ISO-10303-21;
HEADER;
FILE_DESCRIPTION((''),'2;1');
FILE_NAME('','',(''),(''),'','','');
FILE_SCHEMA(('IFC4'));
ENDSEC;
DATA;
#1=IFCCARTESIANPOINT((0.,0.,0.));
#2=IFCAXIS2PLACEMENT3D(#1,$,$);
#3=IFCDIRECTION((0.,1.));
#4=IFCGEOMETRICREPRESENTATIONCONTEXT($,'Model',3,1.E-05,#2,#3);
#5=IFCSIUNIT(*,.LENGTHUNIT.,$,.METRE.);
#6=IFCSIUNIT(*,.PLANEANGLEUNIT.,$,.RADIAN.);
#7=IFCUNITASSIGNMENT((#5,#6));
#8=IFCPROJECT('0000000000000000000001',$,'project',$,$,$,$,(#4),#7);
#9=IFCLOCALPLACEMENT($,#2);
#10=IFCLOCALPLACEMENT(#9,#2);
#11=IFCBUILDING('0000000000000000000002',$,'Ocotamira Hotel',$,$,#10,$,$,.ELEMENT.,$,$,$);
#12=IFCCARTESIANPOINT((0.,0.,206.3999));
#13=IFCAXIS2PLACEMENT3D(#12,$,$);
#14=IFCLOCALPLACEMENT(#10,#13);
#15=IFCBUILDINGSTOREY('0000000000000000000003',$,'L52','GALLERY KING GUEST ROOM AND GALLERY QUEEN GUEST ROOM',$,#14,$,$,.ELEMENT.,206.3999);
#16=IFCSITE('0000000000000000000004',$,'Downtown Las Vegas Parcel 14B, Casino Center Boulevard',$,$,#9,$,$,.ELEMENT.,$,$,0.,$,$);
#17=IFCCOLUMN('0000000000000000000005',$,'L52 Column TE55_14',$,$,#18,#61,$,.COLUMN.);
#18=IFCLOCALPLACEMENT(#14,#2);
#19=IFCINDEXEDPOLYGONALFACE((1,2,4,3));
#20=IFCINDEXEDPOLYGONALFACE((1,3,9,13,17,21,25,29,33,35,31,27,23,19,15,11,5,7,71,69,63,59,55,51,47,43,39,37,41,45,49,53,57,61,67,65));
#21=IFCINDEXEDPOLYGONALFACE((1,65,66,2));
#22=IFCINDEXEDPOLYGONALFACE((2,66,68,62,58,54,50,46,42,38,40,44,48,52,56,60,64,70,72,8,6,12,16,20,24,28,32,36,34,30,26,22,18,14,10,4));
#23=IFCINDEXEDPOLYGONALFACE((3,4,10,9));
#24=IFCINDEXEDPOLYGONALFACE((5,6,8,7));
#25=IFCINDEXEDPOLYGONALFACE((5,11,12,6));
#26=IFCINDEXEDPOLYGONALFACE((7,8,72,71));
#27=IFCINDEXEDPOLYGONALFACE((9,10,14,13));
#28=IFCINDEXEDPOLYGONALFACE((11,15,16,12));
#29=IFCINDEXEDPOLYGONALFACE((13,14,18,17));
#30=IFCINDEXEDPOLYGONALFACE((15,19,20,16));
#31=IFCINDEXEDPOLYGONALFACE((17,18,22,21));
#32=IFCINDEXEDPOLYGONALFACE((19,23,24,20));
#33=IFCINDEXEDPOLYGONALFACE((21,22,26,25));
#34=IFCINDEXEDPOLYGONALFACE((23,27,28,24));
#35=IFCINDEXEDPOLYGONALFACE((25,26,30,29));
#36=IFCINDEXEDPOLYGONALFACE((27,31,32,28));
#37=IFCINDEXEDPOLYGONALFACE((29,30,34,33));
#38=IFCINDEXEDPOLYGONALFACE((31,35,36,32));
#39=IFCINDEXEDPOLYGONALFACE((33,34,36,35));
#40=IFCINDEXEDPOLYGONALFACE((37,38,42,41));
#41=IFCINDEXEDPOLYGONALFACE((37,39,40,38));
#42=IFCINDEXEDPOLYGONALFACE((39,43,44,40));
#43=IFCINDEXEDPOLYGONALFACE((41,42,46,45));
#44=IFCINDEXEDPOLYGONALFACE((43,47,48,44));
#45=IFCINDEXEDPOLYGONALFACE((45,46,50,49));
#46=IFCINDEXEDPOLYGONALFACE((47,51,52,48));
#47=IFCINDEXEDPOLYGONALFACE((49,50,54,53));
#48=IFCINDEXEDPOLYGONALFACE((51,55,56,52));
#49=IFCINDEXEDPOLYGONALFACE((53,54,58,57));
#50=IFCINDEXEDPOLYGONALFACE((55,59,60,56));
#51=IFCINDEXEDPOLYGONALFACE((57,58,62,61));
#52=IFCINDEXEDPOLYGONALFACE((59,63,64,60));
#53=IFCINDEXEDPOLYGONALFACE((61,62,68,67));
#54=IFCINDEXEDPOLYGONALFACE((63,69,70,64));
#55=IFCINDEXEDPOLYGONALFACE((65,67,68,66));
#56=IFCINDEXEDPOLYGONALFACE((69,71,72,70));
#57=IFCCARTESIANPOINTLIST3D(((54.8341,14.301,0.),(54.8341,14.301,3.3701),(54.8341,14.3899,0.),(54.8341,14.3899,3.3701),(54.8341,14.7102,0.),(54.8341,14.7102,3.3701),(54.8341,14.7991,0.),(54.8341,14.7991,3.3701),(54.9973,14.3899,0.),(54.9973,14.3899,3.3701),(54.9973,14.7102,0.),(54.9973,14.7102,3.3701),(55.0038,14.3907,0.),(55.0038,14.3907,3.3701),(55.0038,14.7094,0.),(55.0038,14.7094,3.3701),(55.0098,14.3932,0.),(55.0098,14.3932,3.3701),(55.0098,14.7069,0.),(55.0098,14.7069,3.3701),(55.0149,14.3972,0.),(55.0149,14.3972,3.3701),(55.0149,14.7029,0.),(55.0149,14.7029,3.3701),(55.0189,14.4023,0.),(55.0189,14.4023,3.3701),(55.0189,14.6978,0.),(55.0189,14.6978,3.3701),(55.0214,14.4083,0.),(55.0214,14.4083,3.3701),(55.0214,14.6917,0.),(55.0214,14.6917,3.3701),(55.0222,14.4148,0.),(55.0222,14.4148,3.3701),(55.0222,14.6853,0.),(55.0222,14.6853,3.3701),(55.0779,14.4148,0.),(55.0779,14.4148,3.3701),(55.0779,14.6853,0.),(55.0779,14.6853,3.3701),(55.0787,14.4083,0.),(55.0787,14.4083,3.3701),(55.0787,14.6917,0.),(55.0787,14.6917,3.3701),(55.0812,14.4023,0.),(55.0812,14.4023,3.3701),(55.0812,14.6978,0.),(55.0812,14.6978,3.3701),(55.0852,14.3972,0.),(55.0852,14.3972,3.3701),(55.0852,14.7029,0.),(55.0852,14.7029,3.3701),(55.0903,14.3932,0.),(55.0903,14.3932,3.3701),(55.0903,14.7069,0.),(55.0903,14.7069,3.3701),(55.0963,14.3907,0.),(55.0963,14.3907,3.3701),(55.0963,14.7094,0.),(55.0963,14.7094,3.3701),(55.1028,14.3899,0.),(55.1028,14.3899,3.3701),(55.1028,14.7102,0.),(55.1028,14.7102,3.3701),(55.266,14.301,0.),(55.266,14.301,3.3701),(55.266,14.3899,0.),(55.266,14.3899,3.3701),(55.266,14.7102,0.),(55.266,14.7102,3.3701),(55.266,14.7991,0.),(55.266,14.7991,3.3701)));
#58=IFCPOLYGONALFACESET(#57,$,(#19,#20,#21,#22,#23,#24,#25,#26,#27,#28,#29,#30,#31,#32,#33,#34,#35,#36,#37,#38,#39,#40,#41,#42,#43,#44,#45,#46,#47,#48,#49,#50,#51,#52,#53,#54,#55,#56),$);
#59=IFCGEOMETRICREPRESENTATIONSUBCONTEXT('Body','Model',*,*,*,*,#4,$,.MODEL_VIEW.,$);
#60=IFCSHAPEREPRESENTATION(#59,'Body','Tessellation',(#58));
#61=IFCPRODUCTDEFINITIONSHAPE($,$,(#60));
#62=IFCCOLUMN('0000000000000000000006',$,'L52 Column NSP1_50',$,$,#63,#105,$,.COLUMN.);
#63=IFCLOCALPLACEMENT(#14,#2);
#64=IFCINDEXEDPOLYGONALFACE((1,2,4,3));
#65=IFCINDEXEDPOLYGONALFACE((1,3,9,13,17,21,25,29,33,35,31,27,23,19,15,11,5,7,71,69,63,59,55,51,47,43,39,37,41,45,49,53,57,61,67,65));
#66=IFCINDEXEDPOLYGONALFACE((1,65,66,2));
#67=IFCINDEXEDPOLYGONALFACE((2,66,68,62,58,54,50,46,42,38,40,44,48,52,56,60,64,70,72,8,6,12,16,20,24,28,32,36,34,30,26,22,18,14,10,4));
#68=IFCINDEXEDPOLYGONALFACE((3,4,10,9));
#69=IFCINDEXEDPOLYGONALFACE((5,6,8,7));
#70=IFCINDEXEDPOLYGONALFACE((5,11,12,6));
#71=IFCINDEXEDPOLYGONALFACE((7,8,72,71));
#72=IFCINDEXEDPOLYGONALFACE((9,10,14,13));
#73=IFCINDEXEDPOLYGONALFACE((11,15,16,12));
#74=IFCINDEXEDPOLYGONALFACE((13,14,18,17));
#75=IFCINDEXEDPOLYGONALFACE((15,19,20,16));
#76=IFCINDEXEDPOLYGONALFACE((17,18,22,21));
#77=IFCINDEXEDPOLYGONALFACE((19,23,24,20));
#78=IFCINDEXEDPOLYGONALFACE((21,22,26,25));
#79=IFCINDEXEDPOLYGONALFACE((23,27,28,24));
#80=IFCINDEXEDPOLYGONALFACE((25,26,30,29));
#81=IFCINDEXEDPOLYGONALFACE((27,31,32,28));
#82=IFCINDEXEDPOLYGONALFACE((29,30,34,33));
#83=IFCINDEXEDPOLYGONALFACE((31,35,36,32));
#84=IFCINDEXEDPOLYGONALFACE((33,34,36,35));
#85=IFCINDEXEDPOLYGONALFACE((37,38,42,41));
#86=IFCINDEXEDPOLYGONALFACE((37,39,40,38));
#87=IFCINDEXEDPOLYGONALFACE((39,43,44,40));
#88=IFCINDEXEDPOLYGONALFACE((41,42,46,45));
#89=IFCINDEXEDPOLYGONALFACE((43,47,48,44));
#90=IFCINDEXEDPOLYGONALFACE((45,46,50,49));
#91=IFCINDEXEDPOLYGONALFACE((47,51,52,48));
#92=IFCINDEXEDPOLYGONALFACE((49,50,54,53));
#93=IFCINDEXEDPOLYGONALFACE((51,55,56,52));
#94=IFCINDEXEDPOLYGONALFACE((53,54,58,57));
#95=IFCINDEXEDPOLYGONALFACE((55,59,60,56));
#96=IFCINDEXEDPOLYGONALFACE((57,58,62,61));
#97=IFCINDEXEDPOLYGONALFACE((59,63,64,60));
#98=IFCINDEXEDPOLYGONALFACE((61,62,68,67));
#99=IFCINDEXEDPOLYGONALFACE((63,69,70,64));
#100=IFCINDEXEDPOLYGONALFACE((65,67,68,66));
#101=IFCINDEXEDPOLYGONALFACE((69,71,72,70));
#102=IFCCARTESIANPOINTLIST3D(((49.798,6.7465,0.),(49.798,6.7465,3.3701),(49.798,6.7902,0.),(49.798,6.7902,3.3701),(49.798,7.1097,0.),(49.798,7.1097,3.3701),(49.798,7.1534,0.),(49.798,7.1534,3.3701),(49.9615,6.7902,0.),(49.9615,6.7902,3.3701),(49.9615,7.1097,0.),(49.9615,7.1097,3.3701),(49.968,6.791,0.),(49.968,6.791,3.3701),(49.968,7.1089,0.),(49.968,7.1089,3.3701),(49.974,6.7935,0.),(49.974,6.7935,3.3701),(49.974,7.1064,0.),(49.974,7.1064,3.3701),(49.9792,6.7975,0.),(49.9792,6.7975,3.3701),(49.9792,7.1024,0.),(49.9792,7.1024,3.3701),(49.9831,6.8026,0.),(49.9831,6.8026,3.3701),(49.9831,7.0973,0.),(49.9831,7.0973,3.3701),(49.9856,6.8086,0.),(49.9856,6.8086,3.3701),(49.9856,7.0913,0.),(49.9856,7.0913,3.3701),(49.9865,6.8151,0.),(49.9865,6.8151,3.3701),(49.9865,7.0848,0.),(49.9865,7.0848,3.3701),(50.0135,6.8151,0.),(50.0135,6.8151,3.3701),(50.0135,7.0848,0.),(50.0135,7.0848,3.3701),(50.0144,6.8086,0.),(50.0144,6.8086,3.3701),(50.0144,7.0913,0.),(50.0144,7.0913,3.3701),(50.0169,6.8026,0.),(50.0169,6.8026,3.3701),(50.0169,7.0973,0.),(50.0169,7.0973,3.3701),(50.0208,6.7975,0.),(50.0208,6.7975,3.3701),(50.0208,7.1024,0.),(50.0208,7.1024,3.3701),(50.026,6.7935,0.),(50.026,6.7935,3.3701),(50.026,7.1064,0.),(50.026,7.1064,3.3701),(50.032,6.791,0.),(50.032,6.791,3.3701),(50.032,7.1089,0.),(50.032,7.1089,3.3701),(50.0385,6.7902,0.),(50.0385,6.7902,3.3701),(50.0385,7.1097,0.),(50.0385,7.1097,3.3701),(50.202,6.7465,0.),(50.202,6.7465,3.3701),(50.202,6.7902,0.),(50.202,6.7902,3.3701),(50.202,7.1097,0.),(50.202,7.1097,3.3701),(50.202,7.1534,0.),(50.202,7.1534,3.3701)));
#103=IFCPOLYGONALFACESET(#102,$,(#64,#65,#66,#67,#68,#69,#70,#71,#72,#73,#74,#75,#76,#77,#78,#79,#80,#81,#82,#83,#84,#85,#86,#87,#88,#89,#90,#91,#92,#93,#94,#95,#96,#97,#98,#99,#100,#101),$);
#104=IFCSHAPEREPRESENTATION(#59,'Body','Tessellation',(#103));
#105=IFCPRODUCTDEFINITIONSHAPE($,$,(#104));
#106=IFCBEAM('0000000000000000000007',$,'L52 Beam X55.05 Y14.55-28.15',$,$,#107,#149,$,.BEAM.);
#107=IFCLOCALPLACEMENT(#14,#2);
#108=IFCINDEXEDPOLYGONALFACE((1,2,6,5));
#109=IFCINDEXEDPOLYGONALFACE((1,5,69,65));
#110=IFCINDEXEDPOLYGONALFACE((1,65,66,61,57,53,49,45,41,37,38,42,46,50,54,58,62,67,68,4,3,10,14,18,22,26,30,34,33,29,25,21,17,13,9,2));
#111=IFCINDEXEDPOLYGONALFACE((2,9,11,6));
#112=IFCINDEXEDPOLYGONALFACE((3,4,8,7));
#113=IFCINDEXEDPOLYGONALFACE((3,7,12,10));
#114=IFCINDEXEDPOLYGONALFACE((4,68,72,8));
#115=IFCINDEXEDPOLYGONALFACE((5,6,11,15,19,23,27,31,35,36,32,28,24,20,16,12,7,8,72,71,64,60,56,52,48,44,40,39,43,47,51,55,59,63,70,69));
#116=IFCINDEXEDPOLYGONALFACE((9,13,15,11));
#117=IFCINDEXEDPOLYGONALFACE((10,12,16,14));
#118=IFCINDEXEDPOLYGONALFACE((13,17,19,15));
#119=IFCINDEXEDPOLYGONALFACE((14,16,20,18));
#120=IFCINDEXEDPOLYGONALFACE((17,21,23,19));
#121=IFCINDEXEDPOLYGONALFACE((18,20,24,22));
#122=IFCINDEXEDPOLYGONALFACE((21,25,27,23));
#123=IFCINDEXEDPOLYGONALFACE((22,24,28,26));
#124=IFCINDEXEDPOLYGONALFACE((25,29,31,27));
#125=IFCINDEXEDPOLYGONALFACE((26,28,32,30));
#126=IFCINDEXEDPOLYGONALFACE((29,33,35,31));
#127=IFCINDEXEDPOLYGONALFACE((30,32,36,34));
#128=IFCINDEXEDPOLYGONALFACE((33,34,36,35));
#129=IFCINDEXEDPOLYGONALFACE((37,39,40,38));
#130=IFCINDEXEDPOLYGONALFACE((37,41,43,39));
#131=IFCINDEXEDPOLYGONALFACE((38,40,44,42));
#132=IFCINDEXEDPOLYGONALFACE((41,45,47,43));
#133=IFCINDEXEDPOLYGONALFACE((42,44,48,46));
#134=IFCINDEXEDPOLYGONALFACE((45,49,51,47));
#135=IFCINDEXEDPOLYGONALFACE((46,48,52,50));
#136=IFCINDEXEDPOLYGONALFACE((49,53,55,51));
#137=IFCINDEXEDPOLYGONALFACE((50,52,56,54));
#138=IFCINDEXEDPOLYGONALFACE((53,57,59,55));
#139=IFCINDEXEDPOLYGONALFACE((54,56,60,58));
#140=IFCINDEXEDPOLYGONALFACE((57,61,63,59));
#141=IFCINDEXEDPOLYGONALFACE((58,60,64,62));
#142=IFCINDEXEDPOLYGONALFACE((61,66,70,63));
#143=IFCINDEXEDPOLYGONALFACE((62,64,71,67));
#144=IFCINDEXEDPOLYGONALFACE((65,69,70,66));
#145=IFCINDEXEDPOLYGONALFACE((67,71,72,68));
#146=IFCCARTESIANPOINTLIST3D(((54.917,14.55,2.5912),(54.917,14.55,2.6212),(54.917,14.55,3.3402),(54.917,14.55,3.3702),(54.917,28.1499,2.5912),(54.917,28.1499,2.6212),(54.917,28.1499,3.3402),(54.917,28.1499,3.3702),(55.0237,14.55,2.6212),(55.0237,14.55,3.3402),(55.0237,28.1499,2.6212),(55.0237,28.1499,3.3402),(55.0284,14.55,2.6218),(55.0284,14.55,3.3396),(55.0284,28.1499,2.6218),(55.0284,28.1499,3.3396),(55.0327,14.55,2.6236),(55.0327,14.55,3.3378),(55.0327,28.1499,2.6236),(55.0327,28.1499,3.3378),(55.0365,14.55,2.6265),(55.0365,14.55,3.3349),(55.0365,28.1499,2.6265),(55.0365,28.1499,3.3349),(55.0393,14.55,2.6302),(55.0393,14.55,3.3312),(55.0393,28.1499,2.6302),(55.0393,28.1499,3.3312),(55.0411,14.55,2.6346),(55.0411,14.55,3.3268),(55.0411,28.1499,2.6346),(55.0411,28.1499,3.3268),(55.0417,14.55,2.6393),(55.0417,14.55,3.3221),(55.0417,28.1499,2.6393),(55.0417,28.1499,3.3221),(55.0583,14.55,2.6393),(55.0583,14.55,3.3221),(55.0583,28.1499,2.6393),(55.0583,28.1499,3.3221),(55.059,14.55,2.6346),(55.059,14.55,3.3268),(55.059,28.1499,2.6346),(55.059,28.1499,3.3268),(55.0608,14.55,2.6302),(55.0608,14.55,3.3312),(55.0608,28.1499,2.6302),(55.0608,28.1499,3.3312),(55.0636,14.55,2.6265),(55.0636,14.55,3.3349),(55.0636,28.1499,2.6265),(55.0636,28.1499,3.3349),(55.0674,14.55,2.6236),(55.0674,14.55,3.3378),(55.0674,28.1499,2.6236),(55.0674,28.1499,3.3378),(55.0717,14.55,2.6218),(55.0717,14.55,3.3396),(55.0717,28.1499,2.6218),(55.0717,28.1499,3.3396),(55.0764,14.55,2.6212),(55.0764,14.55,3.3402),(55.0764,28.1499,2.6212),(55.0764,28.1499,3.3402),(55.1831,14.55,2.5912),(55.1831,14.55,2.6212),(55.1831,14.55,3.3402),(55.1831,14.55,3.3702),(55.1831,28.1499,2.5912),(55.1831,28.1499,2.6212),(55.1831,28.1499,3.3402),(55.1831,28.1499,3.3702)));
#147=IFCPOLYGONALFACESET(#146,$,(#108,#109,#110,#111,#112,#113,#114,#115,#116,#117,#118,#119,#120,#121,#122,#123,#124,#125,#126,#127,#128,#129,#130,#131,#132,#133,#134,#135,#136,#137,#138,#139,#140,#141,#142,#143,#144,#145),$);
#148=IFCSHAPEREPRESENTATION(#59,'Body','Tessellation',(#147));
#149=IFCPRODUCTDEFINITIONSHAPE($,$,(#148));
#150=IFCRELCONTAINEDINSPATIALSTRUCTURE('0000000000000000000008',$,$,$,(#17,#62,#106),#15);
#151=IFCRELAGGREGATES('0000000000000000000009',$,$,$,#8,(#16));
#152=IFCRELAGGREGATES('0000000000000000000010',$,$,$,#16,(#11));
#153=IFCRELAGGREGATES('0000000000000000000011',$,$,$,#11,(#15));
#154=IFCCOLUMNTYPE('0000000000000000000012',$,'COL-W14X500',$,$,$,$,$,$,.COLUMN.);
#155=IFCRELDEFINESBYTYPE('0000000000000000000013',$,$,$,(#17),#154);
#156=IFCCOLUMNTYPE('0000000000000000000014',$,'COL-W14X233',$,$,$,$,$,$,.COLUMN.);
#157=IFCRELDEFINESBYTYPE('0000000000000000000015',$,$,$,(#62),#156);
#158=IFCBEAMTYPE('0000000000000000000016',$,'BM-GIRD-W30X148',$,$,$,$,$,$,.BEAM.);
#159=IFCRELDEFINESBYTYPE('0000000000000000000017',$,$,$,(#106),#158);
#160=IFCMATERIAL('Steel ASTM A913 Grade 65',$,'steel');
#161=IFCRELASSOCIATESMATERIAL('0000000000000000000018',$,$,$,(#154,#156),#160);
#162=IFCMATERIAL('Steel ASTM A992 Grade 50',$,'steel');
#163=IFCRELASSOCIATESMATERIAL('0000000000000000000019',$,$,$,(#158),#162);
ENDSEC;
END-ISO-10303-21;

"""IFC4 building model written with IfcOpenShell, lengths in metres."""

from ifc_helpers import new_model, si_unit, direction, frame, origin, origin_2d, place, context, subcontext, project, spatial, i_section, extrude, source, transform, mapped, material, material_profile, profile_set, type_object, element, save


model = new_model("IFC4")

# Units and contexts
model_context = context("Model", 3, precision=1e-05, world=origin(), true_north=direction((0.0, 1.0)))
body_context = subcontext(model_context, "Body", "Model", "MODEL_VIEW")
ifc_project = project(units=[si_unit("LENGTHUNIT", "METRE"), si_unit("PLANEANGLEUNIT", "RADIAN")], contexts=[model_context])

# Site, building, storey
site_placement = place(None, origin())
site = spatial("IfcSite", under=ifc_project, at=site_placement, Name="Downtown Las Vegas Parcel 14B, Casino Center Boulevard", CompositionType="ELEMENT", RefElevation=0.0)
building_placement = place(site_placement, origin())
building = spatial("IfcBuilding", under=site, at=building_placement, Name="Ocotamira Hotel", CompositionType="ELEMENT")
storey_placement = place(building_placement, frame((0.0, 0.0, 206.3999)))
storey = spatial("IfcBuildingStorey", under=building, at=storey_placement, Name="L52", Description="GALLERY KING GUEST ROOM AND GALLERY QUEEN GUEST ROOM", CompositionType="ELEMENT", Elevation=206.3999)

# Columns
ifc_material_1 = material(Name="Steel ASTM A913 Grade 65", Category="steel")
ifc_material_profile_1 = material_profile(ifc_material_1, i_section(OverallWidth=0.4319, OverallDepth=0.498, WebThickness=0.0557, FlangeThickness=0.0889, FilletRadius=0.0249, at=origin_2d()), Name="W14X500")
ifc_profile_set_1 = profile_set([ifc_material_profile_1], Name="Steel ASTM A913 Grade 65")
column_type_1 = type_object("IfcColumnType", Name="COL-W14X500", PredefinedType="COLUMN", material=ifc_profile_set_1)
shared_shape_1 = source(origin(), body_context, "Body", "SweptSolid", [
    extrude(i_section(OverallWidth=0.4319, OverallDepth=0.498, WebThickness=0.0557, FlangeThickness=0.0889, FilletRadius=0.0249, at=origin_2d()), origin(), (0.0, 0.0, 1.0), 3.3701),
])
column_1_placement = place(storey_placement, frame((55.05, 14.55, 0.0), z_axis=(0.0, 0.0, 1.0), x_axis=(1.0, 0.0, 0.0)))
element("IfcColumn", 1, at=column_1_placement, inside=storey, type_object=column_type_1, Name="L52 Column TE55_14", PredefinedType="COLUMN", context=body_context, shape_type="MappedRepresentation", body=[
    mapped(shared_shape_1, transform((0.0, 0.0, 0.0), scale=1.0)),
])
ifc_material_profile_2 = material_profile(ifc_material_1, i_section(OverallWidth=0.4041, OverallDepth=0.407, WebThickness=0.0271, FlangeThickness=0.0437, FilletRadius=0.0249, at=origin_2d()), Name="W14X233")
ifc_profile_set_2 = profile_set([ifc_material_profile_2], Name="Steel ASTM A913 Grade 65")
column_type_2 = type_object("IfcColumnType", Name="COL-W14X233", PredefinedType="COLUMN", material=ifc_profile_set_2)
shared_shape_2 = source(origin(), body_context, "Body", "SweptSolid", [
    extrude(i_section(OverallWidth=0.4041, OverallDepth=0.407, WebThickness=0.0271, FlangeThickness=0.0437, FilletRadius=0.0249, at=origin_2d()), origin(), (0.0, 0.0, 1.0), 3.3701),
])
column_2_placement = place(storey_placement, frame((50.0, 6.95, 0.0), z_axis=(0.0, 0.0, 1.0), x_axis=(1.0, 0.0, 0.0)))
element("IfcColumn", 2, at=column_2_placement, inside=storey, type_object=column_type_2, Name="L52 Column NSP1_50", PredefinedType="COLUMN", context=body_context, shape_type="MappedRepresentation", body=[
    mapped(shared_shape_2, transform((0.0, 0.0, 0.0), scale=1.0)),
])

# Beam
ifc_material_2 = material(Name="Steel ASTM A992 Grade 50", Category="steel")
ifc_material_profile_3 = material_profile(ifc_material_2, i_section(OverallWidth=0.2661, OverallDepth=0.7791, WebThickness=0.0166, FlangeThickness=0.03, FilletRadius=0.0181, at=origin_2d()), Name="W30X148")
ifc_profile_set_3 = profile_set([ifc_material_profile_3], Name="Steel ASTM A992 Grade 50")
beam_type_1 = type_object("IfcBeamType", Name="BM-GIRD-W30X148", PredefinedType="BEAM", material=ifc_profile_set_3)
shared_shape_3 = source(origin(), body_context, "Body", "SweptSolid", [
    extrude(i_section(OverallWidth=0.2661, OverallDepth=0.7791, WebThickness=0.0166, FlangeThickness=0.03, FilletRadius=0.0181, at=origin_2d()), origin(), (0.0, 0.0, 1.0), 13.5999),
])
beam_1_placement = place(storey_placement, frame((55.05, 14.55, 2.9807), z_axis=(0.0, 1.0, 0.0), x_axis=(-1.0, 0.0, 0.0)))
element("IfcBeam", 3, at=beam_1_placement, inside=storey, type_object=beam_type_1, Name="L52 Beam X55.05 Y14.55-28.15", PredefinedType="BEAM", context=body_context, shape_type="MappedRepresentation", body=[
    mapped(shared_shape_3, transform((0.0, 0.0, 0.0), scale=1.0)),
])

save(model, "model.ifc")
